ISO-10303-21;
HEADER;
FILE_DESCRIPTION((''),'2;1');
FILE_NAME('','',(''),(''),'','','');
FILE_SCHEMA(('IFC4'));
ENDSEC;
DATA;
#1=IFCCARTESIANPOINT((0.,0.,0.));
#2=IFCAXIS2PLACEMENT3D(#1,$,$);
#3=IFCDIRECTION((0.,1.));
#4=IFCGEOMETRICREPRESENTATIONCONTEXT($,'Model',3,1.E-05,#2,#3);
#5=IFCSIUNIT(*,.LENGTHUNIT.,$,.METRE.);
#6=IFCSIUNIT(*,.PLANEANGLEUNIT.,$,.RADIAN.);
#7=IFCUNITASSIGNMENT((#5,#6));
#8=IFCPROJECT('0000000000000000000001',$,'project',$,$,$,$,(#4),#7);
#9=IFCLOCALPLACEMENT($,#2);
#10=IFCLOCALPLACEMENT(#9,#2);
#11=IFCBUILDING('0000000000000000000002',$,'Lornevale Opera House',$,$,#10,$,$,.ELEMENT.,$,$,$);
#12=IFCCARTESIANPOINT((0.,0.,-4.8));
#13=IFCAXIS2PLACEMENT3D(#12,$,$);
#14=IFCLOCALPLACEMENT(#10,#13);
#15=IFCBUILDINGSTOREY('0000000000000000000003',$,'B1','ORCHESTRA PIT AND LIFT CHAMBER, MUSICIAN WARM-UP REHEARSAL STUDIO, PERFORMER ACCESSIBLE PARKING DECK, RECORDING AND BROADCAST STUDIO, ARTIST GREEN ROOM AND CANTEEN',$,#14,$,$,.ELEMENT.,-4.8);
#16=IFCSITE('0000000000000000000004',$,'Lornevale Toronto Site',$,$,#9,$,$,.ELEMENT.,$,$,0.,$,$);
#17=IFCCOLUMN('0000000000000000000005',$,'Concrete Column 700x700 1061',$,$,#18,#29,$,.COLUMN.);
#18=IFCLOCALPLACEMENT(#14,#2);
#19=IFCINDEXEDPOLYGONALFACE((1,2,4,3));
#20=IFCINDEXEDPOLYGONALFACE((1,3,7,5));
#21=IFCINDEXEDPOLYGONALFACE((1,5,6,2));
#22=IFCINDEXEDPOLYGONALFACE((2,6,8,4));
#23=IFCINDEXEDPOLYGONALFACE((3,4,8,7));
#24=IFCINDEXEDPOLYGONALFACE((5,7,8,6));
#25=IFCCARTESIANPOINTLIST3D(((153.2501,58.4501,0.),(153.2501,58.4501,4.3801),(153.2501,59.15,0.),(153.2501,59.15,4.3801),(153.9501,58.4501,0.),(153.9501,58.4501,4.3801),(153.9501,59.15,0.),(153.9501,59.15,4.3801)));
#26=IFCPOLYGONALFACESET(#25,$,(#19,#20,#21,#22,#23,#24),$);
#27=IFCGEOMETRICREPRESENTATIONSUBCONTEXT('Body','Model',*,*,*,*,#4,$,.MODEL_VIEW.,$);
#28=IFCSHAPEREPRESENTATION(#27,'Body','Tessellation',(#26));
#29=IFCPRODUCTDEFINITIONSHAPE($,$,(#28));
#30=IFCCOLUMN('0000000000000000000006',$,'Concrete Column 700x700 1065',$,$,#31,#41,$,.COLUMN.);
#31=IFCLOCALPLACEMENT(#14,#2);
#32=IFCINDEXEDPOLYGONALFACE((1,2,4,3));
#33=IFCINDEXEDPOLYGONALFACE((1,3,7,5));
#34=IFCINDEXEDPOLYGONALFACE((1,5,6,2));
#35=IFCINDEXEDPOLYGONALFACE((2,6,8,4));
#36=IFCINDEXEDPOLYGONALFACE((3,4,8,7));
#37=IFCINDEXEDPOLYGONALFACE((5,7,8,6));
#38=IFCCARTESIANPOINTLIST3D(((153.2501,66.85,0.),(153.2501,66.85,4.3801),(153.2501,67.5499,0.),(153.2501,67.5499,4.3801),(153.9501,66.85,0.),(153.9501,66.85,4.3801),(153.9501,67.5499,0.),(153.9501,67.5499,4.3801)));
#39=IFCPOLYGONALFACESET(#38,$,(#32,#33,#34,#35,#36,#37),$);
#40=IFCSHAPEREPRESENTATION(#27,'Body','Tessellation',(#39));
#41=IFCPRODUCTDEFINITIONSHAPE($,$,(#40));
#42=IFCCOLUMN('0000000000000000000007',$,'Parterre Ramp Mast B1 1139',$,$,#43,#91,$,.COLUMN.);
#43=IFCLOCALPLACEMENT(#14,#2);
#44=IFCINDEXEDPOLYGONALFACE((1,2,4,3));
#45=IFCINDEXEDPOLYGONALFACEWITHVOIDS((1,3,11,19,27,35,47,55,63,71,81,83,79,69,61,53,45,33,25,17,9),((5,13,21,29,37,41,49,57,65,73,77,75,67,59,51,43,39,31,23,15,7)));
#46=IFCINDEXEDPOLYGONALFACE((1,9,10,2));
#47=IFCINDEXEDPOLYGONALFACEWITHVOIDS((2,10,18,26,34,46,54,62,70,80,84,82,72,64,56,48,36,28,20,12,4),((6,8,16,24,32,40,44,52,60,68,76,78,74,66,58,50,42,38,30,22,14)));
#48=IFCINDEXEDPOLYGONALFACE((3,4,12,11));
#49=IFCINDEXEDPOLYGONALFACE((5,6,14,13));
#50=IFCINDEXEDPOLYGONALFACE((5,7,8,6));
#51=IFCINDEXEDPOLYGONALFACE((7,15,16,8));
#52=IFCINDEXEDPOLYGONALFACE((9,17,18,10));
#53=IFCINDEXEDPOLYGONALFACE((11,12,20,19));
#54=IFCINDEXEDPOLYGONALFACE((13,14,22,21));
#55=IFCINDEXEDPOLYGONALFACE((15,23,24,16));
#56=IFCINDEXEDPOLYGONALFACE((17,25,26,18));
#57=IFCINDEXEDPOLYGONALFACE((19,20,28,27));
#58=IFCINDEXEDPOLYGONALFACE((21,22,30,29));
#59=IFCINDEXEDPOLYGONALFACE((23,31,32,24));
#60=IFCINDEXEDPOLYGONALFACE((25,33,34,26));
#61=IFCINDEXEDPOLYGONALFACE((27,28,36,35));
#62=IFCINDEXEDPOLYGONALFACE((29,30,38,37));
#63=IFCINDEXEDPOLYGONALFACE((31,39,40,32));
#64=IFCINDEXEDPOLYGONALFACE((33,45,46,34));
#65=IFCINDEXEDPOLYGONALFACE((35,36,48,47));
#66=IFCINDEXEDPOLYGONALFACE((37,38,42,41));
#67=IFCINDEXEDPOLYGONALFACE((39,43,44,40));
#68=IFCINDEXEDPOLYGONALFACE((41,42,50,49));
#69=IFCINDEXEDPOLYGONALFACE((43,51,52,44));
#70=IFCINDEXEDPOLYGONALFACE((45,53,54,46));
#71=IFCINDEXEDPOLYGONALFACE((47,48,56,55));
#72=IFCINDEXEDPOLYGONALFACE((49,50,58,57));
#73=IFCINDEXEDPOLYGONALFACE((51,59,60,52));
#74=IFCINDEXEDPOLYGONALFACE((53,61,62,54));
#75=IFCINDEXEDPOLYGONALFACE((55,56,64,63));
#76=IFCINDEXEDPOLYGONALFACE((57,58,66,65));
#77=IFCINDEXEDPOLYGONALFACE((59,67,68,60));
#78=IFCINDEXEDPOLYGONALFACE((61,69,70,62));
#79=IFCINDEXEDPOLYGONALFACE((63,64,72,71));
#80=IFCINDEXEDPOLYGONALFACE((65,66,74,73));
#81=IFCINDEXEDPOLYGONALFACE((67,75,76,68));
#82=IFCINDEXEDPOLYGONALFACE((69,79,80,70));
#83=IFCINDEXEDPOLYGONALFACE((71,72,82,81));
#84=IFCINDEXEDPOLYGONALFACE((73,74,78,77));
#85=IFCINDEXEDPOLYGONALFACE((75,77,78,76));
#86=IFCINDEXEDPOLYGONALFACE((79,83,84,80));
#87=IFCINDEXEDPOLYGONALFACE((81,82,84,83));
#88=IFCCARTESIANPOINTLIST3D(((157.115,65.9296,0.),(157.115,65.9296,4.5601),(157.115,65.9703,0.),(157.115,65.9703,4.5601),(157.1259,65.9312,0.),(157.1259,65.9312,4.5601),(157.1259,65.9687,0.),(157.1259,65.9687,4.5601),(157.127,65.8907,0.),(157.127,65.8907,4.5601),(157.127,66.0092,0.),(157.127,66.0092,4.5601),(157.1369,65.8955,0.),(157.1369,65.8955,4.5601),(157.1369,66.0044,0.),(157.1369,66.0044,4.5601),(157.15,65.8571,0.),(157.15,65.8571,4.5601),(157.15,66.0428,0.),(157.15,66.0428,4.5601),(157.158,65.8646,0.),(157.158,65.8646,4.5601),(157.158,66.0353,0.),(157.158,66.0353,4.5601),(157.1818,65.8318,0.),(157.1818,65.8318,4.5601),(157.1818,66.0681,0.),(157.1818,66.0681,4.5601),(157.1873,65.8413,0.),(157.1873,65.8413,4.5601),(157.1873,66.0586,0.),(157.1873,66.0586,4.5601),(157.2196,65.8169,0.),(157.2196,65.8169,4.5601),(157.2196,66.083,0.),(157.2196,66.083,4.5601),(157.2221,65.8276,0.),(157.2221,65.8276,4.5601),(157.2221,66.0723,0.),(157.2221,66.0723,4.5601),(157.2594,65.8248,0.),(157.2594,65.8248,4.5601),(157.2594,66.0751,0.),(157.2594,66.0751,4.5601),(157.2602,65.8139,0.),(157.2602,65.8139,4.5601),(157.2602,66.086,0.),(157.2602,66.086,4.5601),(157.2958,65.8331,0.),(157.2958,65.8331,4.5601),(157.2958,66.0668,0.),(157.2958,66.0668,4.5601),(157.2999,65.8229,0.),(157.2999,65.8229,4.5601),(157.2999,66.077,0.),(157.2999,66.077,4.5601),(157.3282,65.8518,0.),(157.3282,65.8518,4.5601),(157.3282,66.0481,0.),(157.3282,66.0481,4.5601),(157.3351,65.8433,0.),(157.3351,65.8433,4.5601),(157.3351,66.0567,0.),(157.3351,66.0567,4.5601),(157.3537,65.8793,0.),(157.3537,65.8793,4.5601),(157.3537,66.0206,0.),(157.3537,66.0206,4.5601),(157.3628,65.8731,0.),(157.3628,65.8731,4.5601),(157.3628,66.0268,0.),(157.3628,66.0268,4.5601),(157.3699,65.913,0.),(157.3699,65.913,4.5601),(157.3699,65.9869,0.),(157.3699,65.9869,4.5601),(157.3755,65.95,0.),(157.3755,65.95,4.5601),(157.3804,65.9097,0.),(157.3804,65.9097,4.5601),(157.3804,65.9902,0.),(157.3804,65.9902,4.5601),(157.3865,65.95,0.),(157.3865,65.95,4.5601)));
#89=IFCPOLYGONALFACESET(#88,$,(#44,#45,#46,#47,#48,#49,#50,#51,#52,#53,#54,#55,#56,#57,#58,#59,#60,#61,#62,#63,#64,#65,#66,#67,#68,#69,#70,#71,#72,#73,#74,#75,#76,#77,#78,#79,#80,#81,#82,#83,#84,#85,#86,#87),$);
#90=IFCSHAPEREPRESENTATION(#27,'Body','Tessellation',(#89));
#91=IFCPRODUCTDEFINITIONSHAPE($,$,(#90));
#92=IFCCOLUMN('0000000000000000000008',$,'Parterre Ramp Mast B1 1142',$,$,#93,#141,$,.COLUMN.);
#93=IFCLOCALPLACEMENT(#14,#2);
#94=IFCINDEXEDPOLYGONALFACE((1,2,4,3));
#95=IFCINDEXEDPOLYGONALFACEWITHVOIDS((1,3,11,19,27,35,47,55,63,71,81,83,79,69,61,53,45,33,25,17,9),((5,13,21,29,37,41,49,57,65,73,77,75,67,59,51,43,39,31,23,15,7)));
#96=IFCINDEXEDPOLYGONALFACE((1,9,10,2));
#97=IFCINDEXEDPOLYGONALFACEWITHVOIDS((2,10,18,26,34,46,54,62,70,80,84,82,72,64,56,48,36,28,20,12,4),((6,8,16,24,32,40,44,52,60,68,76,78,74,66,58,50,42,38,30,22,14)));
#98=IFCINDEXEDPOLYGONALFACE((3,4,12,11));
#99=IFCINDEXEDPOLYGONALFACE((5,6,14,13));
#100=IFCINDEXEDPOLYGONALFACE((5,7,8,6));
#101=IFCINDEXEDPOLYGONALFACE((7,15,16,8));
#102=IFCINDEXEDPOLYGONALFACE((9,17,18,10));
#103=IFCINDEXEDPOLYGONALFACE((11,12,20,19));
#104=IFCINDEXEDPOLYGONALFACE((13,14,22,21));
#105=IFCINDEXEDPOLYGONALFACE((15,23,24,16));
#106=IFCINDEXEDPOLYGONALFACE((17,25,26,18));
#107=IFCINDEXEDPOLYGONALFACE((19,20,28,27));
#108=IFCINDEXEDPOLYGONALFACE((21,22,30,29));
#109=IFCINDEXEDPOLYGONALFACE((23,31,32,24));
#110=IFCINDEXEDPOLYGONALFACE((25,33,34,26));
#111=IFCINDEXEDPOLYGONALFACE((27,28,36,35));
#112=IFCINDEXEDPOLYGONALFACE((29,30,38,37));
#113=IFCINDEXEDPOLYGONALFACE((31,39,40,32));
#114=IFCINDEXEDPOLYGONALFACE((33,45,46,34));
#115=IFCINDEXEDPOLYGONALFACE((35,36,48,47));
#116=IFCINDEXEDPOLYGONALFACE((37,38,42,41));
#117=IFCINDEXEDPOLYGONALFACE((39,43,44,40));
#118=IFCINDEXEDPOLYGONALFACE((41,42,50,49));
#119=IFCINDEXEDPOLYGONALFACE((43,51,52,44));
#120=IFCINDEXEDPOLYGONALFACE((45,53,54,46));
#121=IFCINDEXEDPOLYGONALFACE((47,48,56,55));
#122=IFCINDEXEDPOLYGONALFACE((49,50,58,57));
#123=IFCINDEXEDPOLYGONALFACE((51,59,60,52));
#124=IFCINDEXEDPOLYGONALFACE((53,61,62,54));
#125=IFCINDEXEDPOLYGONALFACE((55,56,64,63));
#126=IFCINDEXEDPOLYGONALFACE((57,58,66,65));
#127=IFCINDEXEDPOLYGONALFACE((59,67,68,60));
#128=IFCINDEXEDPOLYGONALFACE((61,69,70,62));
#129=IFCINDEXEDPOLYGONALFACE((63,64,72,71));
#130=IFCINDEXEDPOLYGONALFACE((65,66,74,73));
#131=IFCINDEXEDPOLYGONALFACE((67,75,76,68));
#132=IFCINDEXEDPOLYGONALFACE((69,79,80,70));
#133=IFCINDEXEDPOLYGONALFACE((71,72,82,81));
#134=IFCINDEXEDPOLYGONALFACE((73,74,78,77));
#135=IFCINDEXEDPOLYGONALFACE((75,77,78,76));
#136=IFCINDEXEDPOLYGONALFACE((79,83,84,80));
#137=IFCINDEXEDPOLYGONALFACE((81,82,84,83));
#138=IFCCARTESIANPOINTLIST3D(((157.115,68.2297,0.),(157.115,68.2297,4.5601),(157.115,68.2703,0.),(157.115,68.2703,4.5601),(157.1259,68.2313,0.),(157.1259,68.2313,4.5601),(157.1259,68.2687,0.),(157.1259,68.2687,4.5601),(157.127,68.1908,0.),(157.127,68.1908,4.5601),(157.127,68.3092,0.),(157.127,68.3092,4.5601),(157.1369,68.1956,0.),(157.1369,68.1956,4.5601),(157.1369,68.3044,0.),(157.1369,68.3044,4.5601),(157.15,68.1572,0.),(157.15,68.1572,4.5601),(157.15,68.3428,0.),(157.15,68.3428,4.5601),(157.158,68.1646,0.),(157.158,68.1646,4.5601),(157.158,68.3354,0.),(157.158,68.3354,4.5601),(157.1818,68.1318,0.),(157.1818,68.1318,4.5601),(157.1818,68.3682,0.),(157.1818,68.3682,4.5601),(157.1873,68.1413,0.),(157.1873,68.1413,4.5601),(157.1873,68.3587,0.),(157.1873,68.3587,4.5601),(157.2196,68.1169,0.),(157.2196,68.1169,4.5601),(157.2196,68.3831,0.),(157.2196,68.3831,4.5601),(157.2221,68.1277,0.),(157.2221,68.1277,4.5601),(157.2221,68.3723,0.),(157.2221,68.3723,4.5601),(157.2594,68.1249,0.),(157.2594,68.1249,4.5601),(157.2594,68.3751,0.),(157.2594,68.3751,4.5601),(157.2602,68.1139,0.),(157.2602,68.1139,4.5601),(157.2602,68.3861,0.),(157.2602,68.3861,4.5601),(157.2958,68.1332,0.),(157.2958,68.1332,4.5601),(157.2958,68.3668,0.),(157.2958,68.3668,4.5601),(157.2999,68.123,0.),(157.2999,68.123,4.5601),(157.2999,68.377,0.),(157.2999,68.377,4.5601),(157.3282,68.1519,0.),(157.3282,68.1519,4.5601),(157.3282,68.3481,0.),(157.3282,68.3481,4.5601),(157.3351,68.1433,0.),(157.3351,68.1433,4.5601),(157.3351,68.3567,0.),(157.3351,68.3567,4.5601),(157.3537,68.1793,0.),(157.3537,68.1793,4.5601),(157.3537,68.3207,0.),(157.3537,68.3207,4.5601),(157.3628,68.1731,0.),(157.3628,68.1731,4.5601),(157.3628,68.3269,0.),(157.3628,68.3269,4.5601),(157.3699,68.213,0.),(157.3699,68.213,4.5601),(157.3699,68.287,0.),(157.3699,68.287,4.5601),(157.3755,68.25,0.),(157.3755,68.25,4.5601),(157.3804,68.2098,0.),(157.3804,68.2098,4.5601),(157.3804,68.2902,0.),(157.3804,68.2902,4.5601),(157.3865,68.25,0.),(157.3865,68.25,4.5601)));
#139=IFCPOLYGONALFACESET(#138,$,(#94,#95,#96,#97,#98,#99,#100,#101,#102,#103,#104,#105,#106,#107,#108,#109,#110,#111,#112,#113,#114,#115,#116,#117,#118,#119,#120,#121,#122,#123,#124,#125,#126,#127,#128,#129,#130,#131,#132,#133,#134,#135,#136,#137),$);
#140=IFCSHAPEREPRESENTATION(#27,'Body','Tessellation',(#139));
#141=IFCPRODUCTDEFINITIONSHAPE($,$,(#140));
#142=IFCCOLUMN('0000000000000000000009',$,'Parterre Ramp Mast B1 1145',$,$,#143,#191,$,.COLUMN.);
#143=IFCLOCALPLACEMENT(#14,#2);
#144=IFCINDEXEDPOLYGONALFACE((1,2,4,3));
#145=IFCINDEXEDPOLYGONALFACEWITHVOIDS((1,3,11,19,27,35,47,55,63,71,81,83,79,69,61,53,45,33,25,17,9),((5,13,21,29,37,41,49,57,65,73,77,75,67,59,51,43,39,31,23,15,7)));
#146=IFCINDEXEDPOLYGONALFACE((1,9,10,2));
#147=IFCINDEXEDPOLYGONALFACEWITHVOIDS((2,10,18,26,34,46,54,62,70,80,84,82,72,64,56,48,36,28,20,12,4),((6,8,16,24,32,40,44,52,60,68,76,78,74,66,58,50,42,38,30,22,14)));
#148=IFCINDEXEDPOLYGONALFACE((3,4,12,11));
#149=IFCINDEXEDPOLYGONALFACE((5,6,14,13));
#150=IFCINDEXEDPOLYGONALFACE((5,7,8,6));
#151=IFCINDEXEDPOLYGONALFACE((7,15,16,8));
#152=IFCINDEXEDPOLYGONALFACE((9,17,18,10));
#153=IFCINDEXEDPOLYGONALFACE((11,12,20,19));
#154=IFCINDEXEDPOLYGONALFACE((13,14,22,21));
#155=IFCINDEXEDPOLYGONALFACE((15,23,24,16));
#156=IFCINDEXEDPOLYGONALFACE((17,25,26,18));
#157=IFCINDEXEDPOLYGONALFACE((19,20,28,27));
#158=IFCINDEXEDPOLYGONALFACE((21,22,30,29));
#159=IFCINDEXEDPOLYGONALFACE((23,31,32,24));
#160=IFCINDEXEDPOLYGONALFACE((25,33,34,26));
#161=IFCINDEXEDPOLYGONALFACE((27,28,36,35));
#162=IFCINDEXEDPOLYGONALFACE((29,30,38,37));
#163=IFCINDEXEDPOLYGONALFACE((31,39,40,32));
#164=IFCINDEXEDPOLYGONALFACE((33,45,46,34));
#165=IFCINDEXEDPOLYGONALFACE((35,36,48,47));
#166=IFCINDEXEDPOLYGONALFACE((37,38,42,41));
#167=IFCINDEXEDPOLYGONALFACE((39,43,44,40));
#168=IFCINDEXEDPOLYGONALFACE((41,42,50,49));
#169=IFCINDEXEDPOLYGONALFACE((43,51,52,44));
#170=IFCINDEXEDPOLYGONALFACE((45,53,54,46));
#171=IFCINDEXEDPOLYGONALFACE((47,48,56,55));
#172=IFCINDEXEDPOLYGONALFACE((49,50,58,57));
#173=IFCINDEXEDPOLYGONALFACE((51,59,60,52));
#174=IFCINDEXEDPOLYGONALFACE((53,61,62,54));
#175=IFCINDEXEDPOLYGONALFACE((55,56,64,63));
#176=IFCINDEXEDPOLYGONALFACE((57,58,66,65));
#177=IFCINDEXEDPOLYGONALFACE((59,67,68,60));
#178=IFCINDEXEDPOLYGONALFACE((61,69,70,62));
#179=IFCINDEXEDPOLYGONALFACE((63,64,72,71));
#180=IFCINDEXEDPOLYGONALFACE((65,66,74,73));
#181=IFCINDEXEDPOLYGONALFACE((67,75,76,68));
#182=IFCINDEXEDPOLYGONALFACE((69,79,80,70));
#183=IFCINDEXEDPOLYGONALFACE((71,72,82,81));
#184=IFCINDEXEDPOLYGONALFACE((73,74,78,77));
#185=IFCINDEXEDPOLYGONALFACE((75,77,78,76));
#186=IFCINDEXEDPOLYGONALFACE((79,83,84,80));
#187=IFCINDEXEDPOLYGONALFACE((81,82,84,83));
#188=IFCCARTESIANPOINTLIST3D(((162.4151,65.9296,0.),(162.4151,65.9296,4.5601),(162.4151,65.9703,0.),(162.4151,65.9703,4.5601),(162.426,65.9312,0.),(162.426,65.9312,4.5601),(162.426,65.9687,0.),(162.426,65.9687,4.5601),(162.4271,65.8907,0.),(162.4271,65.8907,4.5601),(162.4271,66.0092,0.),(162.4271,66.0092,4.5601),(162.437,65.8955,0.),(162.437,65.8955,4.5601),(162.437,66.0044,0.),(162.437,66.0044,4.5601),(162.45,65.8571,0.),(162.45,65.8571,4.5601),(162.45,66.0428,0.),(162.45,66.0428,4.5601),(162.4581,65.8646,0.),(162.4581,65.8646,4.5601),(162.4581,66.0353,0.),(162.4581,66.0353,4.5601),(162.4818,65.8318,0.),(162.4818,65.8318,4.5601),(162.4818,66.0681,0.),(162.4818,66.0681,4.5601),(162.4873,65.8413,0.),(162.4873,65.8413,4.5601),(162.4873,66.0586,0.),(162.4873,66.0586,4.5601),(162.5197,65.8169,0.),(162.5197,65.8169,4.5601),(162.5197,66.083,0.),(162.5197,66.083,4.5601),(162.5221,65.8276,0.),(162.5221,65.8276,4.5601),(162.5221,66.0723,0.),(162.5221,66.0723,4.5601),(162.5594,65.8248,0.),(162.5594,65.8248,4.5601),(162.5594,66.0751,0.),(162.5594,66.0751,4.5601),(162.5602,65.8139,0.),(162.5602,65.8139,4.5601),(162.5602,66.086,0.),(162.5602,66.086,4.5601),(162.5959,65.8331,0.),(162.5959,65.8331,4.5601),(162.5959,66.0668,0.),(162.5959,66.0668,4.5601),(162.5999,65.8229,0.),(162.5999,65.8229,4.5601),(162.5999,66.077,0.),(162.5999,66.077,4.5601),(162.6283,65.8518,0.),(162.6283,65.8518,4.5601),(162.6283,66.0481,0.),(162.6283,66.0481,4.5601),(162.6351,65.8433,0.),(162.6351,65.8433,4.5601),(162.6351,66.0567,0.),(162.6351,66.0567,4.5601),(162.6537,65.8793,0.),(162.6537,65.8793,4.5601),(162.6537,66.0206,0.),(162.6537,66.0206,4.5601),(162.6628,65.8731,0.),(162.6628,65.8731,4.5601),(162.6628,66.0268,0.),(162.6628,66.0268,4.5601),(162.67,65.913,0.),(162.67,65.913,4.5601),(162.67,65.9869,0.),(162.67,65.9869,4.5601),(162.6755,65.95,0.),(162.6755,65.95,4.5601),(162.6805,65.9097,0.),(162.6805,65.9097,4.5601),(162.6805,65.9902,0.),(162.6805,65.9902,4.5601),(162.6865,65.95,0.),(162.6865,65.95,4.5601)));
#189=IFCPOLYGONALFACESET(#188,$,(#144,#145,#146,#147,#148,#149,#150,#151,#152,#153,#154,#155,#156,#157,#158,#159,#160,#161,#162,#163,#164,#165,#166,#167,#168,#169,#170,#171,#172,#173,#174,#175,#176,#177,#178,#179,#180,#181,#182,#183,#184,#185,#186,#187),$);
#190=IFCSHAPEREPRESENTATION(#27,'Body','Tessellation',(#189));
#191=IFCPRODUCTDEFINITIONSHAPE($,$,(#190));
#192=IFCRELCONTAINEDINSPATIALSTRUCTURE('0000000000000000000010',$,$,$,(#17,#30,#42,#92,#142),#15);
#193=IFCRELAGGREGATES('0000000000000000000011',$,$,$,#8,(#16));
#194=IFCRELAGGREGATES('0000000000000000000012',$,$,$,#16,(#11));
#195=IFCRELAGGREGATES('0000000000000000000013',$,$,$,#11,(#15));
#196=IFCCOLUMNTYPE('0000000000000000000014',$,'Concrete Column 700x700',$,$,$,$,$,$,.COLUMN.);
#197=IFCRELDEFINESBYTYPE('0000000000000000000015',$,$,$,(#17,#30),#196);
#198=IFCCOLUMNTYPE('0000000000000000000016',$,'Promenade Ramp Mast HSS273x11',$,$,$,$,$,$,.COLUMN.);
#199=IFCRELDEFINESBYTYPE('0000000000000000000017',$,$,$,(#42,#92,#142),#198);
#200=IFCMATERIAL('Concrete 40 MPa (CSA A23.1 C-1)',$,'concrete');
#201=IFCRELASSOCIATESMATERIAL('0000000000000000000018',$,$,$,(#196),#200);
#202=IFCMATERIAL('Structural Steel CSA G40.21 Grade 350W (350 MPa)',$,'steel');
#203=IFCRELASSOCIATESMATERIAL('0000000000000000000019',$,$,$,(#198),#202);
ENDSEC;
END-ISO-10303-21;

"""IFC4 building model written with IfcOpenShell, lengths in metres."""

from ifc_helpers import new_model, si_unit, direction, frame, origin, origin_2d, place, context, subcontext, project, spatial, rectangle, hollow_circle, extrude, material, material_profile, profile_set, type_object, element, save


model = new_model("IFC4")

# Units and contexts
model_context = context("Model", 3, precision=1e-05, world=origin(), true_north=direction((0.0, 1.0)))
body_context = subcontext(model_context, "Body", "Model", "MODEL_VIEW")
ifc_project = project(units=[si_unit("LENGTHUNIT", "METRE"), si_unit("PLANEANGLEUNIT", "RADIAN")], contexts=[model_context])

# Site, building, storey
site_placement = place(None, origin())
site = spatial("IfcSite", under=ifc_project, at=site_placement, Name="Lornevale Toronto Site", CompositionType="ELEMENT", RefElevation=0.0)
building_placement = place(site_placement, origin())
building = spatial("IfcBuilding", under=site, at=building_placement, Name="Lornevale Opera House", CompositionType="ELEMENT")
storey_placement = place(building_placement, frame((0.0, 0.0, -4.8)))
storey = spatial("IfcBuildingStorey", under=building, at=storey_placement, Name="B1", Description="ORCHESTRA PIT AND LIFT CHAMBER, MUSICIAN WARM-UP REHEARSAL STUDIO, PERFORMER ACCESSIBLE PARKING DECK, RECORDING AND BROADCAST STUDIO, ARTIST GREEN ROOM AND CANTEEN", CompositionType="ELEMENT", Elevation=-4.8)

# Columns
ifc_material_1 = material(Name="Concrete 40 MPa (CSA A23.1 C-1)", Category="concrete")
ifc_material_profile_1 = material_profile(ifc_material_1, rectangle(XDim=0.7, YDim=0.7, at=origin_2d()), Name="RC700x700")
ifc_profile_set_1 = profile_set([ifc_material_profile_1], Name="Concrete 40 MPa (CSA A23.1 C-1)")
column_type_1 = type_object("IfcColumnType", Name="Concrete Column 700x700", PredefinedType="COLUMN", material=ifc_profile_set_1)
for number, where, z_axis, x_axis, name in (
    (1, (153.6001, 58.8, 0.0), (0.0, 0.0, 1.0), (1.0, 0.0, 0.0), "Concrete Column 700x700 1061"),
    (2, (153.6001, 67.2, 0.0), (0.0, 0.0, 1.0), (1.0, 0.0, 0.0), "Concrete Column 700x700 1065"),
):
    element("IfcColumn", number, at=place(storey_placement, frame(where, z_axis=z_axis, x_axis=x_axis)), inside=storey, type_object=column_type_1, Name=name, PredefinedType="COLUMN", context=body_context, shape_type="SweptSolid", body=[
        extrude(rectangle(XDim=0.7, YDim=0.7, at=origin_2d()), origin(), (0.0, 0.0, 1.0), 4.3801),
    ])
ifc_material_2 = material(Name="Structural Steel CSA G40.21 Grade 350W (350 MPa)", Category="steel")
ifc_material_profile_2 = material_profile(ifc_material_2, hollow_circle(Radius=0.1365, WallThickness=0.011, at=origin_2d()), Name="HSS273x11")
ifc_profile_set_2 = profile_set([ifc_material_profile_2], Name="Structural Steel CSA G40.21 Grade 350W (350 MPa)")
column_type_2 = type_object("IfcColumnType", Name="Promenade Ramp Mast HSS273x11", PredefinedType="COLUMN", material=ifc_profile_set_2)
for number, where, z_axis, x_axis, name in (
    (3, (157.25, 65.95, 0.0), (0.0, 0.0, 1.0), (1.0, 0.0, 0.0), "Parterre Ramp Mast B1 1139"),
    (4, (157.25, 68.25, 0.0), (0.0, 0.0, 1.0), (1.0, 0.0, 0.0), "Parterre Ramp Mast B1 1142"),
    (5, (162.55, 65.95, 0.0), (0.0, 0.0, 1.0), (1.0, 0.0, 0.0), "Parterre Ramp Mast B1 1145"),
):
    element("IfcColumn", number, at=place(storey_placement, frame(where, z_axis=z_axis, x_axis=x_axis)), inside=storey, type_object=column_type_2, Name=name, PredefinedType="COLUMN", context=body_context, shape_type="SweptSolid", body=[
        extrude(hollow_circle(Radius=0.1365, WallThickness=0.011, at=origin_2d()), origin(), (0.0, 0.0, 1.0), 4.5601),
    ])

save(model, "model.ifc")
